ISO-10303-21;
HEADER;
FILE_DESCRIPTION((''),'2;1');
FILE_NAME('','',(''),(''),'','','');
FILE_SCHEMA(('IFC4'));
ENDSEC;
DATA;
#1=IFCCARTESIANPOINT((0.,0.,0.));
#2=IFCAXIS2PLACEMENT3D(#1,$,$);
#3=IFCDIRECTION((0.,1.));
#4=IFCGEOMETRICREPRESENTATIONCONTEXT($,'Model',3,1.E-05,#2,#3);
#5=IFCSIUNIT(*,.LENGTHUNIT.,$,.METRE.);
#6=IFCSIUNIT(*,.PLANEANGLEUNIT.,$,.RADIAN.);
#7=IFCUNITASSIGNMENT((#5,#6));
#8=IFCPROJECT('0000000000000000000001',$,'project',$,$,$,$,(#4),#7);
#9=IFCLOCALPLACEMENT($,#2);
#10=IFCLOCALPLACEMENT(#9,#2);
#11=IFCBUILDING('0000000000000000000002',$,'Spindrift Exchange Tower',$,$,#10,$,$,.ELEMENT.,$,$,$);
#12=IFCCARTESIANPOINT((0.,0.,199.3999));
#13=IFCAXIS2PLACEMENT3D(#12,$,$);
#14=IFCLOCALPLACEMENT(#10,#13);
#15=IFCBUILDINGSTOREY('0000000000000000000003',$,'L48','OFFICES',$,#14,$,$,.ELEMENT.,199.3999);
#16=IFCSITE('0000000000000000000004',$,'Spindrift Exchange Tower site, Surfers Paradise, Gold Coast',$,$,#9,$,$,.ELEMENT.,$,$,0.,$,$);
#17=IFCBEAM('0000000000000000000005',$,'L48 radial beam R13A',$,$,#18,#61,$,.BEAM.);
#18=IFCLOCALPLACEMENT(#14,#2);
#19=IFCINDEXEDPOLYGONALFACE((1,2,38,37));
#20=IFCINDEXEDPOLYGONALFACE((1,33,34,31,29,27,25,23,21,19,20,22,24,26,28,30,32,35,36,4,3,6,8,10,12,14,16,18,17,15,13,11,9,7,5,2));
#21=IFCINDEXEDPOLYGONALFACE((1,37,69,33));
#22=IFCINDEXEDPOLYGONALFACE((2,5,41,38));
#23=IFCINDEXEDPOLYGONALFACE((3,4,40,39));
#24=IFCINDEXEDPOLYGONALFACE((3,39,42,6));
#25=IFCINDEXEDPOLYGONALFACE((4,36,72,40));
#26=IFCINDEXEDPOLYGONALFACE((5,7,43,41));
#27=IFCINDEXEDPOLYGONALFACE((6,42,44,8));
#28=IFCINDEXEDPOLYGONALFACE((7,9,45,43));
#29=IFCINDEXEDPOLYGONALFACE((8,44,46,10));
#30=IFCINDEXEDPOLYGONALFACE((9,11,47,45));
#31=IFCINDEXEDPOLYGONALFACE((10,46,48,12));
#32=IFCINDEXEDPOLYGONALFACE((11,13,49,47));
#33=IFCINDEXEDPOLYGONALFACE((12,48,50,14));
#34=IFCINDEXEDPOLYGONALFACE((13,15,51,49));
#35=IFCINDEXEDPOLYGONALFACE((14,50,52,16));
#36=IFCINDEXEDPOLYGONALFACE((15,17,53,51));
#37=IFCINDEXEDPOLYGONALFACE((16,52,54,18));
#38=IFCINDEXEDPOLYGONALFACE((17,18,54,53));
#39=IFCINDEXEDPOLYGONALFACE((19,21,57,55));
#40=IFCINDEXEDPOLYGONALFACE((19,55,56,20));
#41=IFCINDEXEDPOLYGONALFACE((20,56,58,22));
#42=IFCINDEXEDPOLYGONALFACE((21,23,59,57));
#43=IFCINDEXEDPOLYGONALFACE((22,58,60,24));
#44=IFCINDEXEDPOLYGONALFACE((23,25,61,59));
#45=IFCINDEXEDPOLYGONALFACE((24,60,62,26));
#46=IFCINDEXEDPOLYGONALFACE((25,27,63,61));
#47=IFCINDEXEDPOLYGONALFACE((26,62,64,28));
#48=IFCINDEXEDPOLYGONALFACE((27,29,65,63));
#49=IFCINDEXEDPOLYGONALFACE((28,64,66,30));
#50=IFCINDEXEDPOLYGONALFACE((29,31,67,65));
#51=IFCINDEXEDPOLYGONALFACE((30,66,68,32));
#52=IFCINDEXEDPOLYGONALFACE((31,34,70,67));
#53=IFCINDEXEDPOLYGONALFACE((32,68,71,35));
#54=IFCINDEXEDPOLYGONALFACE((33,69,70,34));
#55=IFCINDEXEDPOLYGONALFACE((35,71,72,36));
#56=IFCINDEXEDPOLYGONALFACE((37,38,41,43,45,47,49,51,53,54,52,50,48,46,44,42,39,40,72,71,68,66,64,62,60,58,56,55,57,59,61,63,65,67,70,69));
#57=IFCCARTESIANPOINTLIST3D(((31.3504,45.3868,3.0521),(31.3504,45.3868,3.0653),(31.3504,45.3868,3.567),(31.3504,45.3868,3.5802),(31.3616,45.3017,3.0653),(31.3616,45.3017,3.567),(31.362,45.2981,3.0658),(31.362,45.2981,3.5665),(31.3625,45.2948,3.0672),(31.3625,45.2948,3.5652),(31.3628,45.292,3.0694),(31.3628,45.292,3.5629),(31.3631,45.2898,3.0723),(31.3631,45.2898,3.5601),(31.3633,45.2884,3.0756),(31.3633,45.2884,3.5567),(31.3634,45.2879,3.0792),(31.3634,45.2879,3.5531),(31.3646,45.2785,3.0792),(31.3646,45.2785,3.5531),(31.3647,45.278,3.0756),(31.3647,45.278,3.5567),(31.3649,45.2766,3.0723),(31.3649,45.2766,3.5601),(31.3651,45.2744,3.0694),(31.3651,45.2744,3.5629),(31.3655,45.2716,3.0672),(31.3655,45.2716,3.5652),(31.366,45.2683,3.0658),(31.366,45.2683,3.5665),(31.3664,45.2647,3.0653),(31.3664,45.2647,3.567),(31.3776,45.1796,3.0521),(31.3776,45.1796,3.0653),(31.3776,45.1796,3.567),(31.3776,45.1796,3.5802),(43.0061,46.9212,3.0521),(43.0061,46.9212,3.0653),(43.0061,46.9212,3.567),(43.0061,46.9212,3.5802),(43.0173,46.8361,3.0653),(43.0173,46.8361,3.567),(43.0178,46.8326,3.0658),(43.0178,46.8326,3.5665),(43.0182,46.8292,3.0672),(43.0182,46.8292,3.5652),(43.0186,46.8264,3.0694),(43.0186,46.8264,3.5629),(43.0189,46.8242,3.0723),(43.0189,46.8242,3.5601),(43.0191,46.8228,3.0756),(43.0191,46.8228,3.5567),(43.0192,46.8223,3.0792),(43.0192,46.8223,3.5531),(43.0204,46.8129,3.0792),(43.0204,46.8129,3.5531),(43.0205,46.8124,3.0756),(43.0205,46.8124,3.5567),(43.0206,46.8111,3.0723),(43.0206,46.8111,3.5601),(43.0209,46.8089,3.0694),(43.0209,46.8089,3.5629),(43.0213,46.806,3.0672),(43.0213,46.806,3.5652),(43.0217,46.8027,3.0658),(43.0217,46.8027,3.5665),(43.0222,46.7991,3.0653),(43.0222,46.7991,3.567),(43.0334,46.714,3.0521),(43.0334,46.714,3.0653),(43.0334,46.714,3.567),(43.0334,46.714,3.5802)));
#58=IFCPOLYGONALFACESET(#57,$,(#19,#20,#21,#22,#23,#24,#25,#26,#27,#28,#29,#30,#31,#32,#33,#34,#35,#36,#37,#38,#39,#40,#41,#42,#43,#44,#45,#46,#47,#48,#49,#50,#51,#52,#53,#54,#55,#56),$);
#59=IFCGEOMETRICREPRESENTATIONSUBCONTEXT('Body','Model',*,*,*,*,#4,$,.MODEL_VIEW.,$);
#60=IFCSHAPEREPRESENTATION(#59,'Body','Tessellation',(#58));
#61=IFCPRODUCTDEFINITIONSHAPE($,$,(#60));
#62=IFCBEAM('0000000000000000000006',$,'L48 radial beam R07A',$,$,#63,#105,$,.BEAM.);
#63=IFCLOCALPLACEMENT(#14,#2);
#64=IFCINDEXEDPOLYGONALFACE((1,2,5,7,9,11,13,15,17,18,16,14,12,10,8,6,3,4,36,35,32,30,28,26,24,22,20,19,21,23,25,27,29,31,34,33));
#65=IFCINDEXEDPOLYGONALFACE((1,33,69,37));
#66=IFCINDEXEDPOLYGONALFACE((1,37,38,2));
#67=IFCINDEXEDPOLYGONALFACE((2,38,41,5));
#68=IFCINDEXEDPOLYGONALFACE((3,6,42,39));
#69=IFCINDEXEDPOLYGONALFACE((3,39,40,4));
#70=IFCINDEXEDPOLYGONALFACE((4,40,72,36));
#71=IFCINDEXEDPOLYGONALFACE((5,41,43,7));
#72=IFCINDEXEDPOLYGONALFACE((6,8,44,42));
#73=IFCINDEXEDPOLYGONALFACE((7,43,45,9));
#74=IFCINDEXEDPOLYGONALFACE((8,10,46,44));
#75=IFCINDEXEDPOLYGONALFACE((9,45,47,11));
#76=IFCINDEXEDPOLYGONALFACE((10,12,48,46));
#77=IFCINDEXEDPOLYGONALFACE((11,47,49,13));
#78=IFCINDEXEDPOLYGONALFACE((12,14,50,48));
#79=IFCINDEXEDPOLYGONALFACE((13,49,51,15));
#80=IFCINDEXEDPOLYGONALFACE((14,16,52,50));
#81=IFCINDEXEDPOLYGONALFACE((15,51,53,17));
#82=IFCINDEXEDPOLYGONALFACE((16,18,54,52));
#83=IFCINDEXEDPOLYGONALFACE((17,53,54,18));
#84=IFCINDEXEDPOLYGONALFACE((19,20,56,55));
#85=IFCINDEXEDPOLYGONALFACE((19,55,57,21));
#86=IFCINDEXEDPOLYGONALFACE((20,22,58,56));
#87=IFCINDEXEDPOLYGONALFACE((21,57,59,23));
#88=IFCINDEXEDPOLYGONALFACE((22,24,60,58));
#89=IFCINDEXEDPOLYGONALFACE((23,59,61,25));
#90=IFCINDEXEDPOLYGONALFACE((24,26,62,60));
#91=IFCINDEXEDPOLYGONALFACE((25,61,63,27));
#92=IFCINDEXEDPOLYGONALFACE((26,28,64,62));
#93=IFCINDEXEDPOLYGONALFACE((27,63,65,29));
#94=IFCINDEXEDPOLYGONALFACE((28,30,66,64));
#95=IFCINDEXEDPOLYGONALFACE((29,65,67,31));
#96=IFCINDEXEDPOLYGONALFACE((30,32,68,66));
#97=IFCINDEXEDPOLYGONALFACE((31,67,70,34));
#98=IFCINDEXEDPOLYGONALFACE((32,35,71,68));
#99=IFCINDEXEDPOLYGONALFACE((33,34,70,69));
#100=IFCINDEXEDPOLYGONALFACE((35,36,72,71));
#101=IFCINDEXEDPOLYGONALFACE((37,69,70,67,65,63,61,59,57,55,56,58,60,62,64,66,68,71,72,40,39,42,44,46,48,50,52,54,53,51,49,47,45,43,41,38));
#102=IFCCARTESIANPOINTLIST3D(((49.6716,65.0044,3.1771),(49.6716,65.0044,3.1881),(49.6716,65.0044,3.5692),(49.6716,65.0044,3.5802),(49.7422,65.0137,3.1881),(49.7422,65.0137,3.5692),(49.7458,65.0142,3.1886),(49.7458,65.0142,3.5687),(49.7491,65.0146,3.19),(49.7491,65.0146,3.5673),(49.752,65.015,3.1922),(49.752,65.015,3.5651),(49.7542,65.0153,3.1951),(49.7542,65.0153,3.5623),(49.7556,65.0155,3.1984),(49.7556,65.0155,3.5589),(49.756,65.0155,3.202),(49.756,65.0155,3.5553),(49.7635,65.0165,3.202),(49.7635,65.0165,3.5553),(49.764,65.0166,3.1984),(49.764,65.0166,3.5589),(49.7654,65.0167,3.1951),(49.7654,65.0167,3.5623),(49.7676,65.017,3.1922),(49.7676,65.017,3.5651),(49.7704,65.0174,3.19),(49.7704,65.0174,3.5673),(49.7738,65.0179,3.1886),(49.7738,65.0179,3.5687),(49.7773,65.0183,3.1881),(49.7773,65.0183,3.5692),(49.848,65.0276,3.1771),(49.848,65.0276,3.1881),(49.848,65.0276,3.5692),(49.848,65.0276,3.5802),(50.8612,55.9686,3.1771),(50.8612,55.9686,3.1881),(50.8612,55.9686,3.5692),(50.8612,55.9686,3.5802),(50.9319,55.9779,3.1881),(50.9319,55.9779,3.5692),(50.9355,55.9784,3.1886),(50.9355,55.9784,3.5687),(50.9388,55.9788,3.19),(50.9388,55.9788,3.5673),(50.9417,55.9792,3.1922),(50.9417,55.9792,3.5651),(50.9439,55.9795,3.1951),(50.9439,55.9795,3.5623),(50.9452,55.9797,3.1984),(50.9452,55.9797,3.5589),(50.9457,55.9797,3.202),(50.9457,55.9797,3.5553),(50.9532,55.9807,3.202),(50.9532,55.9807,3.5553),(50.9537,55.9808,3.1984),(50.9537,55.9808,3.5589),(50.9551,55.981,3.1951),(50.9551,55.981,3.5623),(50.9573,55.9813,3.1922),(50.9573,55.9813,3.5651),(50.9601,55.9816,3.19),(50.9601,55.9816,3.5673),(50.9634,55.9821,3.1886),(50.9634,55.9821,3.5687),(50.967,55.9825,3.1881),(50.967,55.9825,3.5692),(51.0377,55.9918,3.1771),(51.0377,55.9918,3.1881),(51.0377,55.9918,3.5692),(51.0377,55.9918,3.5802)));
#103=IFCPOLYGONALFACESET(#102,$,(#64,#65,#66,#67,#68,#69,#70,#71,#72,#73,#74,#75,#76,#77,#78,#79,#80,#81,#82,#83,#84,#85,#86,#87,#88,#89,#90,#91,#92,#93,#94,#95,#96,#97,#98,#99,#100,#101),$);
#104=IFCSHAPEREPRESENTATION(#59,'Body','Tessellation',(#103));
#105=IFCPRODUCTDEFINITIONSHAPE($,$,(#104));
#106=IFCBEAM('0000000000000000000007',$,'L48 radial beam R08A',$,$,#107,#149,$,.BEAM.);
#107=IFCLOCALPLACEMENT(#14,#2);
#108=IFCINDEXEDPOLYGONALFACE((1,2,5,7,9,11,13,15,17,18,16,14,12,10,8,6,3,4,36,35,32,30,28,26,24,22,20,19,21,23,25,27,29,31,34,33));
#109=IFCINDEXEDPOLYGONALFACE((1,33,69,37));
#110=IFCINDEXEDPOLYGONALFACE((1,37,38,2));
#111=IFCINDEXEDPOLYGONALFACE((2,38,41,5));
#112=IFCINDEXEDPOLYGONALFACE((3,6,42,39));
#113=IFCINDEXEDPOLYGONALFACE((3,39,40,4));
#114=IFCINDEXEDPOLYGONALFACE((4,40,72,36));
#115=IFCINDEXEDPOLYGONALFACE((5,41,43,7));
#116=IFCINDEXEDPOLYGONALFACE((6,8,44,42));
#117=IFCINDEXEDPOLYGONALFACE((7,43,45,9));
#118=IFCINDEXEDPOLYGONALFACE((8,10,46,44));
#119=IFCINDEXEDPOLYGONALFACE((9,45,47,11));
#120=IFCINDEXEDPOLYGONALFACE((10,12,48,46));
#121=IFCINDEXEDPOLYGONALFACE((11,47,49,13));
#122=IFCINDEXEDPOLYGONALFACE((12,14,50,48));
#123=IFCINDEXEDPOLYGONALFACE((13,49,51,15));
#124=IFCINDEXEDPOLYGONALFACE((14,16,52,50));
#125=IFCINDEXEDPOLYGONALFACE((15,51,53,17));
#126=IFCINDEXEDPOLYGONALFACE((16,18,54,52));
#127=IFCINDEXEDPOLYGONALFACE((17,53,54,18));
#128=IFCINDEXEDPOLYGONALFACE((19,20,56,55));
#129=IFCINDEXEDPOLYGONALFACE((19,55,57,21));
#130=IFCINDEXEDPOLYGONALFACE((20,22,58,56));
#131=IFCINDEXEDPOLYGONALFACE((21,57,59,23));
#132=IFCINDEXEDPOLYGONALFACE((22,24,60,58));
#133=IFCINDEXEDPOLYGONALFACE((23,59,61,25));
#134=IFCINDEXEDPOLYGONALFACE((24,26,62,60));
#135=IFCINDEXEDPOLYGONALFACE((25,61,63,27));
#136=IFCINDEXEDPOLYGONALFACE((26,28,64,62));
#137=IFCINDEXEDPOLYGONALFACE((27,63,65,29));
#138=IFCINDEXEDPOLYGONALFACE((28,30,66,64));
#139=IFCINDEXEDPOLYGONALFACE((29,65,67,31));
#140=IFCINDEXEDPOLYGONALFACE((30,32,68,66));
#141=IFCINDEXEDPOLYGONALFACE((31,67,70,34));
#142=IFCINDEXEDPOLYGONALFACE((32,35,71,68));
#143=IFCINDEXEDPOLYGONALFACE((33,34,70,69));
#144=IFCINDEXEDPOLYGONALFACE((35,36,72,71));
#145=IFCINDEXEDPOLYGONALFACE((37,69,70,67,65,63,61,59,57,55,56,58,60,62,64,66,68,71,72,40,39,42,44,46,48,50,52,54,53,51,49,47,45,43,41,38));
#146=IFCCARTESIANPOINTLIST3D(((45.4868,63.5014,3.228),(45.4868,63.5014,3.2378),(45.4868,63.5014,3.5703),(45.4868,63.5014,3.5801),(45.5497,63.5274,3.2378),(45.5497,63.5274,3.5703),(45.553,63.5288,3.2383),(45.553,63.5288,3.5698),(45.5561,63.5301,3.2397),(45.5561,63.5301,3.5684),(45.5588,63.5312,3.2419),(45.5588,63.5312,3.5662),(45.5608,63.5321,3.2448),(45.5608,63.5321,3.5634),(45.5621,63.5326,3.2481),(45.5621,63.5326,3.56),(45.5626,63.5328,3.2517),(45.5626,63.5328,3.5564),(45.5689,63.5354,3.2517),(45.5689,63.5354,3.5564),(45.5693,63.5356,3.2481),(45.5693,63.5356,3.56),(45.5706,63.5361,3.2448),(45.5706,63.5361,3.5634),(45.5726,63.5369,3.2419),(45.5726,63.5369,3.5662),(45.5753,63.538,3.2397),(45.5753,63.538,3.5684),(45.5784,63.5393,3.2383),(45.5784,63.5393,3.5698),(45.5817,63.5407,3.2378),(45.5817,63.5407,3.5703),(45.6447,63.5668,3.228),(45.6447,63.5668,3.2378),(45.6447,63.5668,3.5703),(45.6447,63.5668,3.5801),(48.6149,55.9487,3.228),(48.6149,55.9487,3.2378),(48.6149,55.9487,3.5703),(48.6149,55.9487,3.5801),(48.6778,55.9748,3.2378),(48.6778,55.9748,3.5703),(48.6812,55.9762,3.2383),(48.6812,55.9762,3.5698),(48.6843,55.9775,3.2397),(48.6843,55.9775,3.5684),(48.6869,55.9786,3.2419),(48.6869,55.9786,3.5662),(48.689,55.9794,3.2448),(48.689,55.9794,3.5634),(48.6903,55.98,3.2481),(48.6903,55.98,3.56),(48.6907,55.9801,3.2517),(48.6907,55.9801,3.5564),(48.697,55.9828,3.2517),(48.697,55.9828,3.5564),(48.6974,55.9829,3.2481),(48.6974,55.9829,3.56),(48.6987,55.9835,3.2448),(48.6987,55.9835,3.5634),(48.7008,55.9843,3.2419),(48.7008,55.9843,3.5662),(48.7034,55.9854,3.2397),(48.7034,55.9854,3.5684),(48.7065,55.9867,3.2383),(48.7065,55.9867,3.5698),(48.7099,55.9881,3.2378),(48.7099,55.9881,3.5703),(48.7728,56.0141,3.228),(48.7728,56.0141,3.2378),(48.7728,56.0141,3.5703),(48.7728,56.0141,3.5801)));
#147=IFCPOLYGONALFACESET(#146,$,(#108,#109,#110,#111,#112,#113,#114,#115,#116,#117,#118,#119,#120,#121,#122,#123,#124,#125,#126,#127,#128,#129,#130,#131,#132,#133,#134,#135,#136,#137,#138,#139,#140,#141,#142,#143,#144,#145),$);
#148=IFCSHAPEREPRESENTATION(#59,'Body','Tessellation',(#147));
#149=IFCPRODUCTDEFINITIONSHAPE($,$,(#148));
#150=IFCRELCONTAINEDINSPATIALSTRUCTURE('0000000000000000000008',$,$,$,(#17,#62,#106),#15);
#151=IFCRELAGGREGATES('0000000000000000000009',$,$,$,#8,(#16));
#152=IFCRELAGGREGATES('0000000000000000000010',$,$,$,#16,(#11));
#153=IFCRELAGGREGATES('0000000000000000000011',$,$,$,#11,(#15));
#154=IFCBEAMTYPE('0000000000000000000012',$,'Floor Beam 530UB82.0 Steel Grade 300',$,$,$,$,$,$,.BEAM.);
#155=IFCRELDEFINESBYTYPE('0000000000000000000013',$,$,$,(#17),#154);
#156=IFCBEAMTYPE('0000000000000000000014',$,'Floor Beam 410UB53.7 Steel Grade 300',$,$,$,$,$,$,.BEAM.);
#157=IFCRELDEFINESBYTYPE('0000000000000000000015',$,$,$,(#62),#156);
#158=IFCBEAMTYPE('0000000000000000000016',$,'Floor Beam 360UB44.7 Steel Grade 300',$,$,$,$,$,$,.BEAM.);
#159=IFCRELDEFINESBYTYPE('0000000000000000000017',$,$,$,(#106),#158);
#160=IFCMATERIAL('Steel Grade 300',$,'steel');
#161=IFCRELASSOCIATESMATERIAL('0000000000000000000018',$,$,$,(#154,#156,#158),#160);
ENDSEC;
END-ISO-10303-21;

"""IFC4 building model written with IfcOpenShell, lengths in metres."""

from ifc_helpers import new_model, si_unit, direction, frame, origin, origin_2d, place, context, subcontext, project, spatial, i_section, extrude, source, transform, mapped, material, material_profile, profile_set, type_object, element, save


model = new_model("IFC4")

# Units and contexts
model_context = context("Model", 3, precision=1e-05, world=origin(), true_north=direction((0.0, 1.0)))
body_context = subcontext(model_context, "Body", "Model", "MODEL_VIEW")
ifc_project = project(units=[si_unit("LENGTHUNIT", "METRE"), si_unit("PLANEANGLEUNIT", "RADIAN")], contexts=[model_context])

# Site, building, storey
site_placement = place(None, origin())
site = spatial("IfcSite", under=ifc_project, at=site_placement, Name="Spindrift Exchange Tower site, Surfers Paradise, Gold Coast", CompositionType="ELEMENT", RefElevation=0.0)
building_placement = place(site_placement, origin())
building = spatial("IfcBuilding", under=site, at=building_placement, Name="Spindrift Exchange Tower", CompositionType="ELEMENT")
storey_placement = place(building_placement, frame((0.0, 0.0, 199.3999)))
storey = spatial("IfcBuildingStorey", under=building, at=storey_placement, Name="L48", Description="OFFICES", CompositionType="ELEMENT", Elevation=199.3999)

# Beams
ifc_material_1 = material(Name="Steel Grade 300", Category="steel")
ifc_material_profile_1 = material_profile(ifc_material_1, i_section(OverallWidth=0.209, OverallDepth=0.5281, WebThickness=0.0095, FlangeThickness=0.0132, FilletRadius=0.0139, at=origin_2d()), Name="530UB82.0")
ifc_profile_set_1 = profile_set([ifc_material_profile_1], Name="Steel Grade 300")
beam_type_1 = type_object("IfcBeamType", Name="Floor Beam 530UB82.0 Steel Grade 300", PredefinedType="BEAM", material=ifc_profile_set_1)
shared_shape_1 = source(origin(), body_context, "Body", "SweptSolid", [
    extrude(i_section(OverallWidth=0.209, OverallDepth=0.5281, WebThickness=0.0095, FlangeThickness=0.0132, FilletRadius=0.0139, at=origin_2d()), origin(), (0.0, 0.0, 1.0), 11.7563),
])
beam_1_placement = place(storey_placement, frame((43.0198, 46.8176, 3.3162), z_axis=(-0.991446, -0.130519, 0.0), x_axis=(0.130519, -0.991446, 0.0)))
element("IfcBeam", 1, at=beam_1_placement, inside=storey, type_object=beam_type_1, Name="L48 radial beam R13A", PredefinedType="BEAM", context=body_context, shape_type="MappedRepresentation", body=[
    mapped(shared_shape_1, transform((0.0, 0.0, 0.0), scale=1.0)),
])
ifc_material_profile_2 = material_profile(ifc_material_1, i_section(OverallWidth=0.178, OverallDepth=0.4031, WebThickness=0.0076, FlangeThickness=0.011, FilletRadius=0.0139, at=origin_2d()), Name="410UB53.7")
ifc_profile_set_2 = profile_set([ifc_material_profile_2], Name="Steel Grade 300")
beam_type_2 = type_object("IfcBeamType", Name="Floor Beam 410UB53.7 Steel Grade 300", PredefinedType="BEAM", material=ifc_profile_set_2)
shared_shape_2 = source(origin(), body_context, "Body", "SweptSolid", [
    extrude(i_section(OverallWidth=0.178, OverallDepth=0.4031, WebThickness=0.0076, FlangeThickness=0.011, FilletRadius=0.0139, at=origin_2d()), origin(), (0.0, 0.0, 1.0), 9.1138),
])
beam_2_placement = place(storey_placement, frame((50.9495, 55.9802, 3.3787), z_axis=(-0.130537, 0.991443, 0.0), x_axis=(-0.991443, -0.130537, 0.0)))
element("IfcBeam", 2, at=beam_2_placement, inside=storey, type_object=beam_type_2, Name="L48 radial beam R07A", PredefinedType="BEAM", context=body_context, shape_type="MappedRepresentation", body=[
    mapped(shared_shape_2, transform((0.0, 0.0, 0.0), scale=1.0)),
])
ifc_material_profile_3 = material_profile(ifc_material_1, i_section(OverallWidth=0.1709, OverallDepth=0.3521, WebThickness=0.0068, FlangeThickness=0.0098, FilletRadius=0.0139, at=origin_2d()), Name="360UB44.7")
ifc_profile_set_3 = profile_set([ifc_material_profile_3], Name="Steel Grade 300")
beam_type_3 = type_object("IfcBeamType", Name="Floor Beam 360UB44.7 Steel Grade 300", PredefinedType="BEAM", material=ifc_profile_set_3)
shared_shape_3 = source(origin(), body_context, "Body", "SweptSolid", [
    extrude(i_section(OverallWidth=0.1709, OverallDepth=0.3521, WebThickness=0.0068, FlangeThickness=0.0098, FilletRadius=0.0139, at=origin_2d()), origin(), (0.0, 0.0, 1.0), 8.1748),
])
beam_3_placement = place(storey_placement, frame((48.6938, 55.9814, 3.4041), z_axis=(-0.382655, 0.923891, 0.0), x_axis=(-0.923891, -0.382655, 0.0)))
element("IfcBeam", 3, at=beam_3_placement, inside=storey, type_object=beam_type_3, Name="L48 radial beam R08A", PredefinedType="BEAM", context=body_context, shape_type="MappedRepresentation", body=[
    mapped(shared_shape_3, transform((0.0, 0.0, 0.0), scale=1.0)),
])

save(model, "model.ifc")
